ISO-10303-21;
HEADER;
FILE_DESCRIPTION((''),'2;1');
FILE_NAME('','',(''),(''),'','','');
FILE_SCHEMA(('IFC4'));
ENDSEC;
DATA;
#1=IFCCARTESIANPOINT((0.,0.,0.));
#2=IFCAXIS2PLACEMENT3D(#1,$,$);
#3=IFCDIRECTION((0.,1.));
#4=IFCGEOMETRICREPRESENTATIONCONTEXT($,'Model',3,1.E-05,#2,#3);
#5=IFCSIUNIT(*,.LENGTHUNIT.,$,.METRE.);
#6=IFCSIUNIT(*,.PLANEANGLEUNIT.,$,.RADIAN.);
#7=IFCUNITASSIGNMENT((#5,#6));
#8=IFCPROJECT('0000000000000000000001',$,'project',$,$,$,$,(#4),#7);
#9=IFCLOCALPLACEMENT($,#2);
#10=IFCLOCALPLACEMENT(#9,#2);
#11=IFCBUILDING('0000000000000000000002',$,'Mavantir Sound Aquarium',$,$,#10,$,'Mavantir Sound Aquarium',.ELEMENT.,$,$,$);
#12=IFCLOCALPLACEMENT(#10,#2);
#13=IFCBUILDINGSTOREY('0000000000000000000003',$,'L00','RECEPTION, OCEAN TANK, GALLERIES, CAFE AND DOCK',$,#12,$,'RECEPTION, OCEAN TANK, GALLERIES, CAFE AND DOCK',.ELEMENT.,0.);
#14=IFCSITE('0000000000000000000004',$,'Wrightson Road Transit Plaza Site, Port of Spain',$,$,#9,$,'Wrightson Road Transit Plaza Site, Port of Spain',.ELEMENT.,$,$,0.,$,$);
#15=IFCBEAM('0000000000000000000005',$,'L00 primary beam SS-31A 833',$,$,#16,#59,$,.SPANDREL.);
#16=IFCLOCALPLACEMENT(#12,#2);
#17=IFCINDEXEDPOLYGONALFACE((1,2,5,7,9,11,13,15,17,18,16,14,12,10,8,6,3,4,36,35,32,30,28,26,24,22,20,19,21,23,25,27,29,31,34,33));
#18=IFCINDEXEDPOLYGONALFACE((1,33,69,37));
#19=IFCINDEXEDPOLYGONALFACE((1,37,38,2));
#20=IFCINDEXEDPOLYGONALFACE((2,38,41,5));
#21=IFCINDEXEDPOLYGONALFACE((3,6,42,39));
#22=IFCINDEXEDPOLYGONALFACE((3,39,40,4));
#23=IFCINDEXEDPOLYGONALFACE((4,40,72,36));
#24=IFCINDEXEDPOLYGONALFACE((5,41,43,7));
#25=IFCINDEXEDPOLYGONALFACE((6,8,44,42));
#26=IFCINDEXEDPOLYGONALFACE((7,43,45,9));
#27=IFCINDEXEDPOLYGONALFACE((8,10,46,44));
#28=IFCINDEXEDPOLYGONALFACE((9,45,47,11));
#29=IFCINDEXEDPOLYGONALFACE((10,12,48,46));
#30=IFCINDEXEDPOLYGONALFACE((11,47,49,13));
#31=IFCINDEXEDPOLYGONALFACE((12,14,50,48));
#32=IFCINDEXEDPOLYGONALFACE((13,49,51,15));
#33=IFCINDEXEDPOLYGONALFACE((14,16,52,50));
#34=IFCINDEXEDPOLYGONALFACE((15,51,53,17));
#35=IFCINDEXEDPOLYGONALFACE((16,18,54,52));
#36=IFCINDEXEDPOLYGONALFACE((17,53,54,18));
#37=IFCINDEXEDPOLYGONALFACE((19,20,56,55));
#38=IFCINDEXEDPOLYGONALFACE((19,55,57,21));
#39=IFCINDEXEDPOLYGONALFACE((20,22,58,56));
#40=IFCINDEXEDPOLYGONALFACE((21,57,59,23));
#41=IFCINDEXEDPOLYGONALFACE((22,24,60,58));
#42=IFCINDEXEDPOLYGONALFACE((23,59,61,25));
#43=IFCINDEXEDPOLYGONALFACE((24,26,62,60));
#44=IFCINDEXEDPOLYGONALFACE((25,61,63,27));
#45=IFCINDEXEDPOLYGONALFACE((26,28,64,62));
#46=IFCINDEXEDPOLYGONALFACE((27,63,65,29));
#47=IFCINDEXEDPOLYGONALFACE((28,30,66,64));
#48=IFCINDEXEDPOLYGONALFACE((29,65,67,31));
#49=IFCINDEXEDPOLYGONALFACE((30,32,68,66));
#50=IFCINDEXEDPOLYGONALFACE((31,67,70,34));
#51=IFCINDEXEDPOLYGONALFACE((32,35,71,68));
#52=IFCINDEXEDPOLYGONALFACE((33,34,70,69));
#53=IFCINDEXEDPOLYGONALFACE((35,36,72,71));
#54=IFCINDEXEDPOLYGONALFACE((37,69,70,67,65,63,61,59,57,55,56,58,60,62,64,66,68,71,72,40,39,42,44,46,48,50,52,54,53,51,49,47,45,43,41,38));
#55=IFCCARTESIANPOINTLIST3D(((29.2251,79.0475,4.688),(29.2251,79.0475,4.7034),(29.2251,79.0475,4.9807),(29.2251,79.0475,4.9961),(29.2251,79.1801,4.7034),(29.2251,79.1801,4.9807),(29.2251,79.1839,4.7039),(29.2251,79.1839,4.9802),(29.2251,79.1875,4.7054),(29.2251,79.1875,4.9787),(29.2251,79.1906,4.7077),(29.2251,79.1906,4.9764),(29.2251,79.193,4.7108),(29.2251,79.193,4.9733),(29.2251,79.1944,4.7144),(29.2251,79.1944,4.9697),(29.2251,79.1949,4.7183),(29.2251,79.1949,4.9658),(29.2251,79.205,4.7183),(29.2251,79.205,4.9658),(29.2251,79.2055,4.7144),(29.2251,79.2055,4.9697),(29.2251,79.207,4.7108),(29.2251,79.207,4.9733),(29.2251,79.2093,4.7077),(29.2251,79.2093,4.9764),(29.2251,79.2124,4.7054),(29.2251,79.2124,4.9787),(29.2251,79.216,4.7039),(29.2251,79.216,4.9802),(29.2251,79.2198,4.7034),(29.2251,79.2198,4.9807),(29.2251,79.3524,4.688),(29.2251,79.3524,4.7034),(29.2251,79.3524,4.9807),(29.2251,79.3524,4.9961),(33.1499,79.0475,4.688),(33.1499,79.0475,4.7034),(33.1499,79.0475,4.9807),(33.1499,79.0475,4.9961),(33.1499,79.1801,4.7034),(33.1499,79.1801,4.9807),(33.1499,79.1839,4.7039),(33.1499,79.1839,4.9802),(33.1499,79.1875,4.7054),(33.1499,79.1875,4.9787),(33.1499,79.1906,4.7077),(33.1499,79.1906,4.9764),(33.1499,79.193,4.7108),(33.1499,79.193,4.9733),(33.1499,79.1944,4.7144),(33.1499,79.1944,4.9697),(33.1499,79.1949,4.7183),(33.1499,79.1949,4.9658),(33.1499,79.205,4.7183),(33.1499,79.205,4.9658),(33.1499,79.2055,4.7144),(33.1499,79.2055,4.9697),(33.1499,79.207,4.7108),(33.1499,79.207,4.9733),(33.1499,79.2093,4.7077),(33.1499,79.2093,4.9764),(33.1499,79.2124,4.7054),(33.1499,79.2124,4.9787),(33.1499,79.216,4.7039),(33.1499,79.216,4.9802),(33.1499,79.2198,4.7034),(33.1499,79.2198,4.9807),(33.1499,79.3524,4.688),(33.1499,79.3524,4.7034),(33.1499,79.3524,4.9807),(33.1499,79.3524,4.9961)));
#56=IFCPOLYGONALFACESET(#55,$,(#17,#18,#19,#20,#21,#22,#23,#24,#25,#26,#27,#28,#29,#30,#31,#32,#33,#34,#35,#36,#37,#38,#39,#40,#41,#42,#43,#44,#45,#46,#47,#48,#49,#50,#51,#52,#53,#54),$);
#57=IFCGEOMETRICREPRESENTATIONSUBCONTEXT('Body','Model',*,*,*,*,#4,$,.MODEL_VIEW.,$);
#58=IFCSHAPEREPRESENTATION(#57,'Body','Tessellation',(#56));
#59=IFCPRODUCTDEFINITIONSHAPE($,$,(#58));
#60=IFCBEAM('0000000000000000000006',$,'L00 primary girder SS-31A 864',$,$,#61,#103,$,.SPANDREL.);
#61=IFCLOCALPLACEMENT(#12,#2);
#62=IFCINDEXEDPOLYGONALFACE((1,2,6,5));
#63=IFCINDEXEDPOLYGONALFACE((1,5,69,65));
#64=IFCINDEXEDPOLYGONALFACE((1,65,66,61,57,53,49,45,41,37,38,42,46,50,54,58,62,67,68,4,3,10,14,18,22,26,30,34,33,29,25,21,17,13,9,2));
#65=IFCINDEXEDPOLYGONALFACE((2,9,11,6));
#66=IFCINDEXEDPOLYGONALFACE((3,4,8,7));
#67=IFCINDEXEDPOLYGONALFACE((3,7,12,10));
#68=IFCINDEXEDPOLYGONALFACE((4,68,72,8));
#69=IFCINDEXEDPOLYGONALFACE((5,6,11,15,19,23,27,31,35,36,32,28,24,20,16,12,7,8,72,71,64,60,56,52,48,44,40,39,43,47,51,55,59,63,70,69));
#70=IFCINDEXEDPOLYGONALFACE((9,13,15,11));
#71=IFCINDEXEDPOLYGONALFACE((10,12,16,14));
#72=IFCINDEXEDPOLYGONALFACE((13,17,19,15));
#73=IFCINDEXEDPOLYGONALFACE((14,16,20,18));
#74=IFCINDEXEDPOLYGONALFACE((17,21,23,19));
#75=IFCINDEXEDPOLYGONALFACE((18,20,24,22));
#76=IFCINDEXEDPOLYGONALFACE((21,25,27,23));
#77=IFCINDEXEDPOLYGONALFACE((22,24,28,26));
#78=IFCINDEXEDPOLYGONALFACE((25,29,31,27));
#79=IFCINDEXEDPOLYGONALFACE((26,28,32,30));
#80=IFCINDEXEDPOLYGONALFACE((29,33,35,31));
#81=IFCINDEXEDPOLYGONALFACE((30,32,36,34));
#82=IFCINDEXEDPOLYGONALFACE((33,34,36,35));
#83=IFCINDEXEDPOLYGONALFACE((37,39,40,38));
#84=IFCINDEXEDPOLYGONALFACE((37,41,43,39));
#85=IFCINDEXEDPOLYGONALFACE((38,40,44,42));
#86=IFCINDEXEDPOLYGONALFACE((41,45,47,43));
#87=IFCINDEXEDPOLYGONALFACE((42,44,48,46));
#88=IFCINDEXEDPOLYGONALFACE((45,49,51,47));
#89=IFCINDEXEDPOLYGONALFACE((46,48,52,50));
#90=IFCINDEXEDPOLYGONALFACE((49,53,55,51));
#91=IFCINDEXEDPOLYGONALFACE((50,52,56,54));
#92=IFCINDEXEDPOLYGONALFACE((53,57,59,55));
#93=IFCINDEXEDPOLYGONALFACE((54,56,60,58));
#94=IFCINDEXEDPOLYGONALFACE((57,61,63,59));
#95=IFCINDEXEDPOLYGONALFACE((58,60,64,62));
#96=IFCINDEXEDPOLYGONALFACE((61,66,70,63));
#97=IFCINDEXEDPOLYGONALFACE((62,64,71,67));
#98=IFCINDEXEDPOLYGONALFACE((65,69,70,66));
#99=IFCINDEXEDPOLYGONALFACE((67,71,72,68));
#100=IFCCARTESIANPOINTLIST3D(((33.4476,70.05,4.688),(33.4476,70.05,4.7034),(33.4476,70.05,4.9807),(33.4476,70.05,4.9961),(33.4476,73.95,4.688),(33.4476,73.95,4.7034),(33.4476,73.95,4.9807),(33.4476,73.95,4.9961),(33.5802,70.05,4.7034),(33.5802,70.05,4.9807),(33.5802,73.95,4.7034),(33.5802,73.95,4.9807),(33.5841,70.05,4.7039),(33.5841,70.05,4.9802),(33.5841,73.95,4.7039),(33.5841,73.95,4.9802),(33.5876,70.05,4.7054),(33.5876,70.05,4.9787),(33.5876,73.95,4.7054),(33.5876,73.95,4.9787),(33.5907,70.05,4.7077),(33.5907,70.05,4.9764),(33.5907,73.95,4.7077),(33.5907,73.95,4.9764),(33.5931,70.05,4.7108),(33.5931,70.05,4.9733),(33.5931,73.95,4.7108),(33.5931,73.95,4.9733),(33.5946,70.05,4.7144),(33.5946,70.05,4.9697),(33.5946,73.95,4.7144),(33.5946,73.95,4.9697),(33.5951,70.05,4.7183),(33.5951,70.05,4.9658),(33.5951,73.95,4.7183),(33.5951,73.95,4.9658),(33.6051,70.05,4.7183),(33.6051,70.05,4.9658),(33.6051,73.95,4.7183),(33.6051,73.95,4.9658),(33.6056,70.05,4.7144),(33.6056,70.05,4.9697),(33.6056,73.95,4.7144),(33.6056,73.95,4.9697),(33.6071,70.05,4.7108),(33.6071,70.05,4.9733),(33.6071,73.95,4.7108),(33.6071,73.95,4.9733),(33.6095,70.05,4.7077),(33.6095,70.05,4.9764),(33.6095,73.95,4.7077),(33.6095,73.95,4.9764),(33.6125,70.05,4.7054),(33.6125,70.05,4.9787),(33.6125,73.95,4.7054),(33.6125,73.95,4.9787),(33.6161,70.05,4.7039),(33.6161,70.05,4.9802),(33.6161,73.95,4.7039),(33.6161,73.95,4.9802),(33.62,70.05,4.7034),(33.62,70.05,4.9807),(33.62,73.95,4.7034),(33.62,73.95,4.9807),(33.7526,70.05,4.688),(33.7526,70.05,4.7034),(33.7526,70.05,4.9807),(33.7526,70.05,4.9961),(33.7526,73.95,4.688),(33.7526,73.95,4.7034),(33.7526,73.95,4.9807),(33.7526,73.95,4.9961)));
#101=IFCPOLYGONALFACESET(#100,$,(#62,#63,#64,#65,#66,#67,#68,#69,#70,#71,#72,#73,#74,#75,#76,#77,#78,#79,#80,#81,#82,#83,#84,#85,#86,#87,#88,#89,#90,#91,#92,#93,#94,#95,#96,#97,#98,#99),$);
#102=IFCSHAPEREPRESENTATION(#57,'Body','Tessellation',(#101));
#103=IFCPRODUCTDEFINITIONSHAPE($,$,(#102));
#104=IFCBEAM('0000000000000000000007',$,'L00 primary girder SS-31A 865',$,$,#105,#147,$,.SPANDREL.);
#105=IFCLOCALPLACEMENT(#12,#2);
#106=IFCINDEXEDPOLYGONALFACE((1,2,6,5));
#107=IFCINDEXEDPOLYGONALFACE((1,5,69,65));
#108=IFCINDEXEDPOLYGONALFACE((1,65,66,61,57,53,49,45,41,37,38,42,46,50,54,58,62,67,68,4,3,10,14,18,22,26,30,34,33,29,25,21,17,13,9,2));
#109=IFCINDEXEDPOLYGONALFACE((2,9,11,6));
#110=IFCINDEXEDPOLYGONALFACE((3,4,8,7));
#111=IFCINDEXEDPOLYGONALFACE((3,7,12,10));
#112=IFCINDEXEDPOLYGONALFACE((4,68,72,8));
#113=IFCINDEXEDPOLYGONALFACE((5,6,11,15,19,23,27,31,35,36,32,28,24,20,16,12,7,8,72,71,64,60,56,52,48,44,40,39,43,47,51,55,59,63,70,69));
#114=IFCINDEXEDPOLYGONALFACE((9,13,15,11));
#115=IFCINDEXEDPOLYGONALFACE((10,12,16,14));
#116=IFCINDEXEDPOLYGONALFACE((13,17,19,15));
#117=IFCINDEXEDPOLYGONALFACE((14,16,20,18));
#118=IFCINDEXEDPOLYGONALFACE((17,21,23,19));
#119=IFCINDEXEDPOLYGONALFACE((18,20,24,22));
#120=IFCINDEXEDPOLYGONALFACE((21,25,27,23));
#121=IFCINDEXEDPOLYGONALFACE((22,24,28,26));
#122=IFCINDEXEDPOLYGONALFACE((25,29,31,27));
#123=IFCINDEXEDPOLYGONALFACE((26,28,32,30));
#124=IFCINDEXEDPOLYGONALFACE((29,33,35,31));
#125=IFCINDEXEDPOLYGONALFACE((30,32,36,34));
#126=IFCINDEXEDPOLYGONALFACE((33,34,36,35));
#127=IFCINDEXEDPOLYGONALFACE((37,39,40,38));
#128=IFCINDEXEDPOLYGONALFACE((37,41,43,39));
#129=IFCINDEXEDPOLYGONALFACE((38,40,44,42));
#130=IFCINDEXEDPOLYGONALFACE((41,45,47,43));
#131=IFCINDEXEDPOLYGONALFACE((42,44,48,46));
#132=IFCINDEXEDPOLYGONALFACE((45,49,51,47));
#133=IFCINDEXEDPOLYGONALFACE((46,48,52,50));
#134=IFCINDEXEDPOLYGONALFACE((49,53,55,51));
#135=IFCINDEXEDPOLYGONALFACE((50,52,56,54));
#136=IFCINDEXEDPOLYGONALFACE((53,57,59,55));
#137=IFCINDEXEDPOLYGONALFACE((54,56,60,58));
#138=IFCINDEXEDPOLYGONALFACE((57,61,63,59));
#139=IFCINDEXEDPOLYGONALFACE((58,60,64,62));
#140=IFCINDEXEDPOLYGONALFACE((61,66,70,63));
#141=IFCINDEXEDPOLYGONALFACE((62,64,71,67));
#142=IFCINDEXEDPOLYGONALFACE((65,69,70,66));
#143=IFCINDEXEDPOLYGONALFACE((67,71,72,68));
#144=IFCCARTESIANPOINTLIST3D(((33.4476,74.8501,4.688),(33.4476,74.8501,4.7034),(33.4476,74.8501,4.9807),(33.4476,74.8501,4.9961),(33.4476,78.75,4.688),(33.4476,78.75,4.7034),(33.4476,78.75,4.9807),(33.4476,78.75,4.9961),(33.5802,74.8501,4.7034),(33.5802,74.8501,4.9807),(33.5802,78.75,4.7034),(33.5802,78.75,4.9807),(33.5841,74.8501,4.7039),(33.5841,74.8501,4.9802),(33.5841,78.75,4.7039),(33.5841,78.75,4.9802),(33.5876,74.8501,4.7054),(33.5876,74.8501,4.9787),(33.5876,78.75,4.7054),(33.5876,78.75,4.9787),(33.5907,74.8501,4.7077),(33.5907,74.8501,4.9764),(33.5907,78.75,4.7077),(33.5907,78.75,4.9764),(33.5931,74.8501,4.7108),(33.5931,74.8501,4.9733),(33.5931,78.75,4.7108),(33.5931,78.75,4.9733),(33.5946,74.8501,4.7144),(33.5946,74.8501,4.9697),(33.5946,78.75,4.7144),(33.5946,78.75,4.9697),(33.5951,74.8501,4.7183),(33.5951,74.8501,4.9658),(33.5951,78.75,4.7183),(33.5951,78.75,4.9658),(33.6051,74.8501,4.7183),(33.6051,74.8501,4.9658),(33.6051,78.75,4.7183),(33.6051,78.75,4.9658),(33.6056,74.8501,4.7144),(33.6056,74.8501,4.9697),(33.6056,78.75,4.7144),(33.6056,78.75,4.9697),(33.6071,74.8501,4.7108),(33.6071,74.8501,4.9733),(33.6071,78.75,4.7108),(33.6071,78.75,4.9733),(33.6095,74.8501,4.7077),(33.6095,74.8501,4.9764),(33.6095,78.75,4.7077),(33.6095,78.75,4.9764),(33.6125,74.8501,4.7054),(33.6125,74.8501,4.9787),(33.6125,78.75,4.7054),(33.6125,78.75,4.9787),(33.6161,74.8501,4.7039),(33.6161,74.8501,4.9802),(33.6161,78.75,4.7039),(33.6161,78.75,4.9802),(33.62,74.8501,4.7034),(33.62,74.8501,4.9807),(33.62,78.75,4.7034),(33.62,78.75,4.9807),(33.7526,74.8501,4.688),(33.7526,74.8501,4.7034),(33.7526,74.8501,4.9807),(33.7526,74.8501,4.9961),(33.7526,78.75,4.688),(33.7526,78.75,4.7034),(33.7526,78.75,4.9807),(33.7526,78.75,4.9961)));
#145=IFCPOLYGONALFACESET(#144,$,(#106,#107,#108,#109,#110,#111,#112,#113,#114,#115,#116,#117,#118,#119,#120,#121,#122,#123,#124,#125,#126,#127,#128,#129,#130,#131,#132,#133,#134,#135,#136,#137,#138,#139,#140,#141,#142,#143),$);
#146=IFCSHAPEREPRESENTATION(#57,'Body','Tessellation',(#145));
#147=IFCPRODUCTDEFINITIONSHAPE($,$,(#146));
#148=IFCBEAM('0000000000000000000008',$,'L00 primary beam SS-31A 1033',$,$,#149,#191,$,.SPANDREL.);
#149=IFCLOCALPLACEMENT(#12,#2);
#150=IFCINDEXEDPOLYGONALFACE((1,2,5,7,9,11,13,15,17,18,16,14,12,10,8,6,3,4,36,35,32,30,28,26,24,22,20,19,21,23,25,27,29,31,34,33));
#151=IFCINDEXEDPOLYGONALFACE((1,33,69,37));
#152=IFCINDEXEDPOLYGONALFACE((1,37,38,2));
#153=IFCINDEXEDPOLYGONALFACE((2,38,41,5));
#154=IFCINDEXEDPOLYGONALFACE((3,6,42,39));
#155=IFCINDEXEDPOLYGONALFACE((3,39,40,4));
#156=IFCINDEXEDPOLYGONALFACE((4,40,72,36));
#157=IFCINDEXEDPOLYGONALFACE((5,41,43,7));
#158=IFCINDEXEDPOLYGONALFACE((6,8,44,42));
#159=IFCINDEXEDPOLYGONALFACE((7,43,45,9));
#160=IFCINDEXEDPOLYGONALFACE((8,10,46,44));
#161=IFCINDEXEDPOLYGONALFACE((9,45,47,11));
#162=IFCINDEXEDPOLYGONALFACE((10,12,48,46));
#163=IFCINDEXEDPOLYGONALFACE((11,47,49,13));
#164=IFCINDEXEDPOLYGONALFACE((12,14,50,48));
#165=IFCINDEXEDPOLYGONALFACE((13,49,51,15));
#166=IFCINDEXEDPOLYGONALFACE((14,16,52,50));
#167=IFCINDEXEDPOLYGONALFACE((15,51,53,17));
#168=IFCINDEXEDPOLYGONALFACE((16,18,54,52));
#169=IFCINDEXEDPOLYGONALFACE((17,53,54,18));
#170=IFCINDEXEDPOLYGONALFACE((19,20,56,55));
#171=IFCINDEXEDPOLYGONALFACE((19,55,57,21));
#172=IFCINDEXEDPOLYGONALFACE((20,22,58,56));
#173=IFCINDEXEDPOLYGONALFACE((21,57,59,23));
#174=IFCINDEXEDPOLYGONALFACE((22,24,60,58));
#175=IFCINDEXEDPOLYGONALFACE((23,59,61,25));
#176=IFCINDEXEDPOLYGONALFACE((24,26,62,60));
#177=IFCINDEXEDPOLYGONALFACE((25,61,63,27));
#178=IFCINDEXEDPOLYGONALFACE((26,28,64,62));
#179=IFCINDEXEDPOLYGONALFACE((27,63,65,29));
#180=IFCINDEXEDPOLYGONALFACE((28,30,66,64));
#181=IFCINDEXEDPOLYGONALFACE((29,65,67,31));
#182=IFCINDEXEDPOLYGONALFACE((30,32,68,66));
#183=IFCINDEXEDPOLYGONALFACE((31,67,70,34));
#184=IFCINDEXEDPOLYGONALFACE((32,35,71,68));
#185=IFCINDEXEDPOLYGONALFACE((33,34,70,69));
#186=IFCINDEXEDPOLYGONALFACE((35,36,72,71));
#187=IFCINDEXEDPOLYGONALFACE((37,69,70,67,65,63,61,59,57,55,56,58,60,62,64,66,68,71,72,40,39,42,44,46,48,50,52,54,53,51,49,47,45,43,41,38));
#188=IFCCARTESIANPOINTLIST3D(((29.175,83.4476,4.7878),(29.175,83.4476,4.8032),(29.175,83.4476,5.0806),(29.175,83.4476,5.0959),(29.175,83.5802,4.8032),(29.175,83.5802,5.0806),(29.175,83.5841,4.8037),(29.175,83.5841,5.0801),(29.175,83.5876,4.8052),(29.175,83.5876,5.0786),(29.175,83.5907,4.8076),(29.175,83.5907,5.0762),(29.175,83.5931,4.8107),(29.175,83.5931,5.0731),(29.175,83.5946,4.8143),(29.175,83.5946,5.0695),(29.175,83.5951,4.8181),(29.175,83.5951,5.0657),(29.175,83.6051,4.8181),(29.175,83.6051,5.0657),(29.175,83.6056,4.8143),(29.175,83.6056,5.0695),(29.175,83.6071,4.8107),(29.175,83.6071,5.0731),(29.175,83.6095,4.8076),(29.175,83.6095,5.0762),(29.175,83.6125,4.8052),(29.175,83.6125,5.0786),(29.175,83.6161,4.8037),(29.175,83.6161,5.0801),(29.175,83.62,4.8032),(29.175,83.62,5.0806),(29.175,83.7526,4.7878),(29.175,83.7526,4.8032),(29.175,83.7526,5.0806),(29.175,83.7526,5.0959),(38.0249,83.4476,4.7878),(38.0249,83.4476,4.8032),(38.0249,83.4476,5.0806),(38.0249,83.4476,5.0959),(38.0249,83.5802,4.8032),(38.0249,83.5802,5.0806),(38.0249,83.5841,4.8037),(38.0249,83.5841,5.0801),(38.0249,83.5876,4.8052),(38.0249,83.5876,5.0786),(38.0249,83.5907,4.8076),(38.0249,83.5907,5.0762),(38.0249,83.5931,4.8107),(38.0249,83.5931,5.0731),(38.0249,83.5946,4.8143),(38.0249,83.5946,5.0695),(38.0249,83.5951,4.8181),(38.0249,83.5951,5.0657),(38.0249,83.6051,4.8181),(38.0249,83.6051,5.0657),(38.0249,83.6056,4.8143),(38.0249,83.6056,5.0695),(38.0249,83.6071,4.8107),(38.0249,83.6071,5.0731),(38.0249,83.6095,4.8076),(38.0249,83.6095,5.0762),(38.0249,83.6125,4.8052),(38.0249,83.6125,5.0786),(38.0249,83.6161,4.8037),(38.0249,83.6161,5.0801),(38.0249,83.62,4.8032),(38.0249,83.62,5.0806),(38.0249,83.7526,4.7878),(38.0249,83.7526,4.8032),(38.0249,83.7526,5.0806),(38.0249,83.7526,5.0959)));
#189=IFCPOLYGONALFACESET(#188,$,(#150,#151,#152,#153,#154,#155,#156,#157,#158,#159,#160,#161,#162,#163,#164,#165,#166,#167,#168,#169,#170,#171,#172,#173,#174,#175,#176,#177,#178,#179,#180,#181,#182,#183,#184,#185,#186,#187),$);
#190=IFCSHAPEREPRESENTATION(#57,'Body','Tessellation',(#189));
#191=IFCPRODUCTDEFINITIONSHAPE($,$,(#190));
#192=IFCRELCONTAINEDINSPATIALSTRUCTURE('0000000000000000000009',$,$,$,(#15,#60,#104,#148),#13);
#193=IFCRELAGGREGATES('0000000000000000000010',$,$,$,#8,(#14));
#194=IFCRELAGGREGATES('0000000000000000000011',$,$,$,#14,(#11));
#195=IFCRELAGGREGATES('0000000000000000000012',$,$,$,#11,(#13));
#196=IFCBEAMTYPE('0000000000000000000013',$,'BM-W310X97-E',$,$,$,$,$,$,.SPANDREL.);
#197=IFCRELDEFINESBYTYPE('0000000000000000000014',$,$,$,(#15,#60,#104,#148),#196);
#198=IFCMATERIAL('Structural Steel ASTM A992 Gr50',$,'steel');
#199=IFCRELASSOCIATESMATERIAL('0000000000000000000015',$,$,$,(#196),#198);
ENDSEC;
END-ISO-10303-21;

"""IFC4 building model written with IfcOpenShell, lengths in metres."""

from ifc_helpers import new_model, si_unit, direction, frame, origin, origin_2d, place, context, subcontext, project, spatial, i_section, extrude, material, material_profile, profile_set, type_object, element, save


model = new_model("IFC4")

# Units and contexts
model_context = context("Model", 3, precision=1e-05, world=origin(), true_north=direction((0.0, 1.0)))
body_context = subcontext(model_context, "Body", "Model", "MODEL_VIEW")
ifc_project = project(units=[si_unit("LENGTHUNIT", "METRE"), si_unit("PLANEANGLEUNIT", "RADIAN")], contexts=[model_context])

# Site, building, storey
site_placement = place(None, origin())
site = spatial("IfcSite", under=ifc_project, at=site_placement, Name="Wrightson Road Transit Plaza Site, Port of Spain", LongName="Wrightson Road Transit Plaza Site, Port of Spain", CompositionType="ELEMENT", RefElevation=0.0)
building_placement = place(site_placement, origin())
building = spatial("IfcBuilding", under=site, at=building_placement, Name="Mavantir Sound Aquarium", LongName="Mavantir Sound Aquarium", CompositionType="ELEMENT")
storey_placement = place(building_placement, origin())
storey = spatial("IfcBuildingStorey", under=building, at=storey_placement, Name="L00", Description="RECEPTION, OCEAN TANK, GALLERIES, CAFE AND DOCK", LongName="RECEPTION, OCEAN TANK, GALLERIES, CAFE AND DOCK", CompositionType="ELEMENT", Elevation=0.0)

# Beams
ifc_material_1 = material(Name="Structural Steel ASTM A992 Gr50", Category="steel")
ifc_material_profile_1 = material_profile(ifc_material_1, i_section(OverallWidth=0.3049, OverallDepth=0.3081, WebThickness=0.01, FlangeThickness=0.0154, FilletRadius=0.0149, at=origin_2d()), Name="W310X97")
ifc_profile_set_1 = profile_set([ifc_material_profile_1], Name="Structural Steel ASTM A992 Gr50")
beam_type_1 = type_object("IfcBeamType", Name="BM-W310X97-E", PredefinedType="SPANDREL", material=ifc_profile_set_1)
beam_1_placement = place(storey_placement, frame((29.2251, 79.2, 4.842), z_axis=(1.0, 0.0, 0.0), x_axis=(0.0, 1.0, 0.0)))
element("IfcBeam", 1, at=beam_1_placement, inside=storey, type_object=beam_type_1, Name="L00 primary beam SS-31A 833", PredefinedType="SPANDREL", context=body_context, shape_type="SweptSolid", body=[
    extrude(i_section(OverallWidth=0.3049, OverallDepth=0.3081, WebThickness=0.01, FlangeThickness=0.0154, FilletRadius=0.0149, at=origin_2d()), origin(), (0.0, 0.0, 1.0), 3.9248),
])
for number, where, z_axis, x_axis, name in (
    (2, (33.6001, 70.05, 4.842), (0.0, 1.0, 0.0), (-1.0, 0.0, 0.0), "L00 primary girder SS-31A 864"),
    (3, (33.6001, 74.8501, 4.842), (0.0, 1.0, 0.0), (-1.0, 0.0, 0.0), "L00 primary girder SS-31A 865"),
):
    element("IfcBeam", number, at=place(storey_placement, frame(where, z_axis=z_axis, x_axis=x_axis)), inside=storey, type_object=beam_type_1, Name=name, PredefinedType="SPANDREL", context=body_context, shape_type="SweptSolid", body=[
        extrude(i_section(OverallWidth=0.3049, OverallDepth=0.3081, WebThickness=0.01, FlangeThickness=0.0154, FilletRadius=0.0149, at=origin_2d()), origin(), (0.0, 0.0, 1.0), 3.8999),
    ])
for number, where, z_axis, x_axis, name in (
    (4, (29.175, 83.6001, 4.9419), (1.0, 0.0, 0.0), (0.0, 1.0, 0.0), "L00 primary beam SS-31A 1033"),
):
    element("IfcBeam", number, at=place(storey_placement, frame(where, z_axis=z_axis, x_axis=x_axis)), inside=storey, type_object=beam_type_1, Name=name, PredefinedType="SPANDREL", context=body_context, shape_type="SweptSolid", body=[
        extrude(i_section(OverallWidth=0.3049, OverallDepth=0.3081, WebThickness=0.01, FlangeThickness=0.0154, FilletRadius=0.0149, at=origin_2d()), origin(), (0.0, 0.0, 1.0), 8.8499),
    ])

save(model, "model.ifc")
